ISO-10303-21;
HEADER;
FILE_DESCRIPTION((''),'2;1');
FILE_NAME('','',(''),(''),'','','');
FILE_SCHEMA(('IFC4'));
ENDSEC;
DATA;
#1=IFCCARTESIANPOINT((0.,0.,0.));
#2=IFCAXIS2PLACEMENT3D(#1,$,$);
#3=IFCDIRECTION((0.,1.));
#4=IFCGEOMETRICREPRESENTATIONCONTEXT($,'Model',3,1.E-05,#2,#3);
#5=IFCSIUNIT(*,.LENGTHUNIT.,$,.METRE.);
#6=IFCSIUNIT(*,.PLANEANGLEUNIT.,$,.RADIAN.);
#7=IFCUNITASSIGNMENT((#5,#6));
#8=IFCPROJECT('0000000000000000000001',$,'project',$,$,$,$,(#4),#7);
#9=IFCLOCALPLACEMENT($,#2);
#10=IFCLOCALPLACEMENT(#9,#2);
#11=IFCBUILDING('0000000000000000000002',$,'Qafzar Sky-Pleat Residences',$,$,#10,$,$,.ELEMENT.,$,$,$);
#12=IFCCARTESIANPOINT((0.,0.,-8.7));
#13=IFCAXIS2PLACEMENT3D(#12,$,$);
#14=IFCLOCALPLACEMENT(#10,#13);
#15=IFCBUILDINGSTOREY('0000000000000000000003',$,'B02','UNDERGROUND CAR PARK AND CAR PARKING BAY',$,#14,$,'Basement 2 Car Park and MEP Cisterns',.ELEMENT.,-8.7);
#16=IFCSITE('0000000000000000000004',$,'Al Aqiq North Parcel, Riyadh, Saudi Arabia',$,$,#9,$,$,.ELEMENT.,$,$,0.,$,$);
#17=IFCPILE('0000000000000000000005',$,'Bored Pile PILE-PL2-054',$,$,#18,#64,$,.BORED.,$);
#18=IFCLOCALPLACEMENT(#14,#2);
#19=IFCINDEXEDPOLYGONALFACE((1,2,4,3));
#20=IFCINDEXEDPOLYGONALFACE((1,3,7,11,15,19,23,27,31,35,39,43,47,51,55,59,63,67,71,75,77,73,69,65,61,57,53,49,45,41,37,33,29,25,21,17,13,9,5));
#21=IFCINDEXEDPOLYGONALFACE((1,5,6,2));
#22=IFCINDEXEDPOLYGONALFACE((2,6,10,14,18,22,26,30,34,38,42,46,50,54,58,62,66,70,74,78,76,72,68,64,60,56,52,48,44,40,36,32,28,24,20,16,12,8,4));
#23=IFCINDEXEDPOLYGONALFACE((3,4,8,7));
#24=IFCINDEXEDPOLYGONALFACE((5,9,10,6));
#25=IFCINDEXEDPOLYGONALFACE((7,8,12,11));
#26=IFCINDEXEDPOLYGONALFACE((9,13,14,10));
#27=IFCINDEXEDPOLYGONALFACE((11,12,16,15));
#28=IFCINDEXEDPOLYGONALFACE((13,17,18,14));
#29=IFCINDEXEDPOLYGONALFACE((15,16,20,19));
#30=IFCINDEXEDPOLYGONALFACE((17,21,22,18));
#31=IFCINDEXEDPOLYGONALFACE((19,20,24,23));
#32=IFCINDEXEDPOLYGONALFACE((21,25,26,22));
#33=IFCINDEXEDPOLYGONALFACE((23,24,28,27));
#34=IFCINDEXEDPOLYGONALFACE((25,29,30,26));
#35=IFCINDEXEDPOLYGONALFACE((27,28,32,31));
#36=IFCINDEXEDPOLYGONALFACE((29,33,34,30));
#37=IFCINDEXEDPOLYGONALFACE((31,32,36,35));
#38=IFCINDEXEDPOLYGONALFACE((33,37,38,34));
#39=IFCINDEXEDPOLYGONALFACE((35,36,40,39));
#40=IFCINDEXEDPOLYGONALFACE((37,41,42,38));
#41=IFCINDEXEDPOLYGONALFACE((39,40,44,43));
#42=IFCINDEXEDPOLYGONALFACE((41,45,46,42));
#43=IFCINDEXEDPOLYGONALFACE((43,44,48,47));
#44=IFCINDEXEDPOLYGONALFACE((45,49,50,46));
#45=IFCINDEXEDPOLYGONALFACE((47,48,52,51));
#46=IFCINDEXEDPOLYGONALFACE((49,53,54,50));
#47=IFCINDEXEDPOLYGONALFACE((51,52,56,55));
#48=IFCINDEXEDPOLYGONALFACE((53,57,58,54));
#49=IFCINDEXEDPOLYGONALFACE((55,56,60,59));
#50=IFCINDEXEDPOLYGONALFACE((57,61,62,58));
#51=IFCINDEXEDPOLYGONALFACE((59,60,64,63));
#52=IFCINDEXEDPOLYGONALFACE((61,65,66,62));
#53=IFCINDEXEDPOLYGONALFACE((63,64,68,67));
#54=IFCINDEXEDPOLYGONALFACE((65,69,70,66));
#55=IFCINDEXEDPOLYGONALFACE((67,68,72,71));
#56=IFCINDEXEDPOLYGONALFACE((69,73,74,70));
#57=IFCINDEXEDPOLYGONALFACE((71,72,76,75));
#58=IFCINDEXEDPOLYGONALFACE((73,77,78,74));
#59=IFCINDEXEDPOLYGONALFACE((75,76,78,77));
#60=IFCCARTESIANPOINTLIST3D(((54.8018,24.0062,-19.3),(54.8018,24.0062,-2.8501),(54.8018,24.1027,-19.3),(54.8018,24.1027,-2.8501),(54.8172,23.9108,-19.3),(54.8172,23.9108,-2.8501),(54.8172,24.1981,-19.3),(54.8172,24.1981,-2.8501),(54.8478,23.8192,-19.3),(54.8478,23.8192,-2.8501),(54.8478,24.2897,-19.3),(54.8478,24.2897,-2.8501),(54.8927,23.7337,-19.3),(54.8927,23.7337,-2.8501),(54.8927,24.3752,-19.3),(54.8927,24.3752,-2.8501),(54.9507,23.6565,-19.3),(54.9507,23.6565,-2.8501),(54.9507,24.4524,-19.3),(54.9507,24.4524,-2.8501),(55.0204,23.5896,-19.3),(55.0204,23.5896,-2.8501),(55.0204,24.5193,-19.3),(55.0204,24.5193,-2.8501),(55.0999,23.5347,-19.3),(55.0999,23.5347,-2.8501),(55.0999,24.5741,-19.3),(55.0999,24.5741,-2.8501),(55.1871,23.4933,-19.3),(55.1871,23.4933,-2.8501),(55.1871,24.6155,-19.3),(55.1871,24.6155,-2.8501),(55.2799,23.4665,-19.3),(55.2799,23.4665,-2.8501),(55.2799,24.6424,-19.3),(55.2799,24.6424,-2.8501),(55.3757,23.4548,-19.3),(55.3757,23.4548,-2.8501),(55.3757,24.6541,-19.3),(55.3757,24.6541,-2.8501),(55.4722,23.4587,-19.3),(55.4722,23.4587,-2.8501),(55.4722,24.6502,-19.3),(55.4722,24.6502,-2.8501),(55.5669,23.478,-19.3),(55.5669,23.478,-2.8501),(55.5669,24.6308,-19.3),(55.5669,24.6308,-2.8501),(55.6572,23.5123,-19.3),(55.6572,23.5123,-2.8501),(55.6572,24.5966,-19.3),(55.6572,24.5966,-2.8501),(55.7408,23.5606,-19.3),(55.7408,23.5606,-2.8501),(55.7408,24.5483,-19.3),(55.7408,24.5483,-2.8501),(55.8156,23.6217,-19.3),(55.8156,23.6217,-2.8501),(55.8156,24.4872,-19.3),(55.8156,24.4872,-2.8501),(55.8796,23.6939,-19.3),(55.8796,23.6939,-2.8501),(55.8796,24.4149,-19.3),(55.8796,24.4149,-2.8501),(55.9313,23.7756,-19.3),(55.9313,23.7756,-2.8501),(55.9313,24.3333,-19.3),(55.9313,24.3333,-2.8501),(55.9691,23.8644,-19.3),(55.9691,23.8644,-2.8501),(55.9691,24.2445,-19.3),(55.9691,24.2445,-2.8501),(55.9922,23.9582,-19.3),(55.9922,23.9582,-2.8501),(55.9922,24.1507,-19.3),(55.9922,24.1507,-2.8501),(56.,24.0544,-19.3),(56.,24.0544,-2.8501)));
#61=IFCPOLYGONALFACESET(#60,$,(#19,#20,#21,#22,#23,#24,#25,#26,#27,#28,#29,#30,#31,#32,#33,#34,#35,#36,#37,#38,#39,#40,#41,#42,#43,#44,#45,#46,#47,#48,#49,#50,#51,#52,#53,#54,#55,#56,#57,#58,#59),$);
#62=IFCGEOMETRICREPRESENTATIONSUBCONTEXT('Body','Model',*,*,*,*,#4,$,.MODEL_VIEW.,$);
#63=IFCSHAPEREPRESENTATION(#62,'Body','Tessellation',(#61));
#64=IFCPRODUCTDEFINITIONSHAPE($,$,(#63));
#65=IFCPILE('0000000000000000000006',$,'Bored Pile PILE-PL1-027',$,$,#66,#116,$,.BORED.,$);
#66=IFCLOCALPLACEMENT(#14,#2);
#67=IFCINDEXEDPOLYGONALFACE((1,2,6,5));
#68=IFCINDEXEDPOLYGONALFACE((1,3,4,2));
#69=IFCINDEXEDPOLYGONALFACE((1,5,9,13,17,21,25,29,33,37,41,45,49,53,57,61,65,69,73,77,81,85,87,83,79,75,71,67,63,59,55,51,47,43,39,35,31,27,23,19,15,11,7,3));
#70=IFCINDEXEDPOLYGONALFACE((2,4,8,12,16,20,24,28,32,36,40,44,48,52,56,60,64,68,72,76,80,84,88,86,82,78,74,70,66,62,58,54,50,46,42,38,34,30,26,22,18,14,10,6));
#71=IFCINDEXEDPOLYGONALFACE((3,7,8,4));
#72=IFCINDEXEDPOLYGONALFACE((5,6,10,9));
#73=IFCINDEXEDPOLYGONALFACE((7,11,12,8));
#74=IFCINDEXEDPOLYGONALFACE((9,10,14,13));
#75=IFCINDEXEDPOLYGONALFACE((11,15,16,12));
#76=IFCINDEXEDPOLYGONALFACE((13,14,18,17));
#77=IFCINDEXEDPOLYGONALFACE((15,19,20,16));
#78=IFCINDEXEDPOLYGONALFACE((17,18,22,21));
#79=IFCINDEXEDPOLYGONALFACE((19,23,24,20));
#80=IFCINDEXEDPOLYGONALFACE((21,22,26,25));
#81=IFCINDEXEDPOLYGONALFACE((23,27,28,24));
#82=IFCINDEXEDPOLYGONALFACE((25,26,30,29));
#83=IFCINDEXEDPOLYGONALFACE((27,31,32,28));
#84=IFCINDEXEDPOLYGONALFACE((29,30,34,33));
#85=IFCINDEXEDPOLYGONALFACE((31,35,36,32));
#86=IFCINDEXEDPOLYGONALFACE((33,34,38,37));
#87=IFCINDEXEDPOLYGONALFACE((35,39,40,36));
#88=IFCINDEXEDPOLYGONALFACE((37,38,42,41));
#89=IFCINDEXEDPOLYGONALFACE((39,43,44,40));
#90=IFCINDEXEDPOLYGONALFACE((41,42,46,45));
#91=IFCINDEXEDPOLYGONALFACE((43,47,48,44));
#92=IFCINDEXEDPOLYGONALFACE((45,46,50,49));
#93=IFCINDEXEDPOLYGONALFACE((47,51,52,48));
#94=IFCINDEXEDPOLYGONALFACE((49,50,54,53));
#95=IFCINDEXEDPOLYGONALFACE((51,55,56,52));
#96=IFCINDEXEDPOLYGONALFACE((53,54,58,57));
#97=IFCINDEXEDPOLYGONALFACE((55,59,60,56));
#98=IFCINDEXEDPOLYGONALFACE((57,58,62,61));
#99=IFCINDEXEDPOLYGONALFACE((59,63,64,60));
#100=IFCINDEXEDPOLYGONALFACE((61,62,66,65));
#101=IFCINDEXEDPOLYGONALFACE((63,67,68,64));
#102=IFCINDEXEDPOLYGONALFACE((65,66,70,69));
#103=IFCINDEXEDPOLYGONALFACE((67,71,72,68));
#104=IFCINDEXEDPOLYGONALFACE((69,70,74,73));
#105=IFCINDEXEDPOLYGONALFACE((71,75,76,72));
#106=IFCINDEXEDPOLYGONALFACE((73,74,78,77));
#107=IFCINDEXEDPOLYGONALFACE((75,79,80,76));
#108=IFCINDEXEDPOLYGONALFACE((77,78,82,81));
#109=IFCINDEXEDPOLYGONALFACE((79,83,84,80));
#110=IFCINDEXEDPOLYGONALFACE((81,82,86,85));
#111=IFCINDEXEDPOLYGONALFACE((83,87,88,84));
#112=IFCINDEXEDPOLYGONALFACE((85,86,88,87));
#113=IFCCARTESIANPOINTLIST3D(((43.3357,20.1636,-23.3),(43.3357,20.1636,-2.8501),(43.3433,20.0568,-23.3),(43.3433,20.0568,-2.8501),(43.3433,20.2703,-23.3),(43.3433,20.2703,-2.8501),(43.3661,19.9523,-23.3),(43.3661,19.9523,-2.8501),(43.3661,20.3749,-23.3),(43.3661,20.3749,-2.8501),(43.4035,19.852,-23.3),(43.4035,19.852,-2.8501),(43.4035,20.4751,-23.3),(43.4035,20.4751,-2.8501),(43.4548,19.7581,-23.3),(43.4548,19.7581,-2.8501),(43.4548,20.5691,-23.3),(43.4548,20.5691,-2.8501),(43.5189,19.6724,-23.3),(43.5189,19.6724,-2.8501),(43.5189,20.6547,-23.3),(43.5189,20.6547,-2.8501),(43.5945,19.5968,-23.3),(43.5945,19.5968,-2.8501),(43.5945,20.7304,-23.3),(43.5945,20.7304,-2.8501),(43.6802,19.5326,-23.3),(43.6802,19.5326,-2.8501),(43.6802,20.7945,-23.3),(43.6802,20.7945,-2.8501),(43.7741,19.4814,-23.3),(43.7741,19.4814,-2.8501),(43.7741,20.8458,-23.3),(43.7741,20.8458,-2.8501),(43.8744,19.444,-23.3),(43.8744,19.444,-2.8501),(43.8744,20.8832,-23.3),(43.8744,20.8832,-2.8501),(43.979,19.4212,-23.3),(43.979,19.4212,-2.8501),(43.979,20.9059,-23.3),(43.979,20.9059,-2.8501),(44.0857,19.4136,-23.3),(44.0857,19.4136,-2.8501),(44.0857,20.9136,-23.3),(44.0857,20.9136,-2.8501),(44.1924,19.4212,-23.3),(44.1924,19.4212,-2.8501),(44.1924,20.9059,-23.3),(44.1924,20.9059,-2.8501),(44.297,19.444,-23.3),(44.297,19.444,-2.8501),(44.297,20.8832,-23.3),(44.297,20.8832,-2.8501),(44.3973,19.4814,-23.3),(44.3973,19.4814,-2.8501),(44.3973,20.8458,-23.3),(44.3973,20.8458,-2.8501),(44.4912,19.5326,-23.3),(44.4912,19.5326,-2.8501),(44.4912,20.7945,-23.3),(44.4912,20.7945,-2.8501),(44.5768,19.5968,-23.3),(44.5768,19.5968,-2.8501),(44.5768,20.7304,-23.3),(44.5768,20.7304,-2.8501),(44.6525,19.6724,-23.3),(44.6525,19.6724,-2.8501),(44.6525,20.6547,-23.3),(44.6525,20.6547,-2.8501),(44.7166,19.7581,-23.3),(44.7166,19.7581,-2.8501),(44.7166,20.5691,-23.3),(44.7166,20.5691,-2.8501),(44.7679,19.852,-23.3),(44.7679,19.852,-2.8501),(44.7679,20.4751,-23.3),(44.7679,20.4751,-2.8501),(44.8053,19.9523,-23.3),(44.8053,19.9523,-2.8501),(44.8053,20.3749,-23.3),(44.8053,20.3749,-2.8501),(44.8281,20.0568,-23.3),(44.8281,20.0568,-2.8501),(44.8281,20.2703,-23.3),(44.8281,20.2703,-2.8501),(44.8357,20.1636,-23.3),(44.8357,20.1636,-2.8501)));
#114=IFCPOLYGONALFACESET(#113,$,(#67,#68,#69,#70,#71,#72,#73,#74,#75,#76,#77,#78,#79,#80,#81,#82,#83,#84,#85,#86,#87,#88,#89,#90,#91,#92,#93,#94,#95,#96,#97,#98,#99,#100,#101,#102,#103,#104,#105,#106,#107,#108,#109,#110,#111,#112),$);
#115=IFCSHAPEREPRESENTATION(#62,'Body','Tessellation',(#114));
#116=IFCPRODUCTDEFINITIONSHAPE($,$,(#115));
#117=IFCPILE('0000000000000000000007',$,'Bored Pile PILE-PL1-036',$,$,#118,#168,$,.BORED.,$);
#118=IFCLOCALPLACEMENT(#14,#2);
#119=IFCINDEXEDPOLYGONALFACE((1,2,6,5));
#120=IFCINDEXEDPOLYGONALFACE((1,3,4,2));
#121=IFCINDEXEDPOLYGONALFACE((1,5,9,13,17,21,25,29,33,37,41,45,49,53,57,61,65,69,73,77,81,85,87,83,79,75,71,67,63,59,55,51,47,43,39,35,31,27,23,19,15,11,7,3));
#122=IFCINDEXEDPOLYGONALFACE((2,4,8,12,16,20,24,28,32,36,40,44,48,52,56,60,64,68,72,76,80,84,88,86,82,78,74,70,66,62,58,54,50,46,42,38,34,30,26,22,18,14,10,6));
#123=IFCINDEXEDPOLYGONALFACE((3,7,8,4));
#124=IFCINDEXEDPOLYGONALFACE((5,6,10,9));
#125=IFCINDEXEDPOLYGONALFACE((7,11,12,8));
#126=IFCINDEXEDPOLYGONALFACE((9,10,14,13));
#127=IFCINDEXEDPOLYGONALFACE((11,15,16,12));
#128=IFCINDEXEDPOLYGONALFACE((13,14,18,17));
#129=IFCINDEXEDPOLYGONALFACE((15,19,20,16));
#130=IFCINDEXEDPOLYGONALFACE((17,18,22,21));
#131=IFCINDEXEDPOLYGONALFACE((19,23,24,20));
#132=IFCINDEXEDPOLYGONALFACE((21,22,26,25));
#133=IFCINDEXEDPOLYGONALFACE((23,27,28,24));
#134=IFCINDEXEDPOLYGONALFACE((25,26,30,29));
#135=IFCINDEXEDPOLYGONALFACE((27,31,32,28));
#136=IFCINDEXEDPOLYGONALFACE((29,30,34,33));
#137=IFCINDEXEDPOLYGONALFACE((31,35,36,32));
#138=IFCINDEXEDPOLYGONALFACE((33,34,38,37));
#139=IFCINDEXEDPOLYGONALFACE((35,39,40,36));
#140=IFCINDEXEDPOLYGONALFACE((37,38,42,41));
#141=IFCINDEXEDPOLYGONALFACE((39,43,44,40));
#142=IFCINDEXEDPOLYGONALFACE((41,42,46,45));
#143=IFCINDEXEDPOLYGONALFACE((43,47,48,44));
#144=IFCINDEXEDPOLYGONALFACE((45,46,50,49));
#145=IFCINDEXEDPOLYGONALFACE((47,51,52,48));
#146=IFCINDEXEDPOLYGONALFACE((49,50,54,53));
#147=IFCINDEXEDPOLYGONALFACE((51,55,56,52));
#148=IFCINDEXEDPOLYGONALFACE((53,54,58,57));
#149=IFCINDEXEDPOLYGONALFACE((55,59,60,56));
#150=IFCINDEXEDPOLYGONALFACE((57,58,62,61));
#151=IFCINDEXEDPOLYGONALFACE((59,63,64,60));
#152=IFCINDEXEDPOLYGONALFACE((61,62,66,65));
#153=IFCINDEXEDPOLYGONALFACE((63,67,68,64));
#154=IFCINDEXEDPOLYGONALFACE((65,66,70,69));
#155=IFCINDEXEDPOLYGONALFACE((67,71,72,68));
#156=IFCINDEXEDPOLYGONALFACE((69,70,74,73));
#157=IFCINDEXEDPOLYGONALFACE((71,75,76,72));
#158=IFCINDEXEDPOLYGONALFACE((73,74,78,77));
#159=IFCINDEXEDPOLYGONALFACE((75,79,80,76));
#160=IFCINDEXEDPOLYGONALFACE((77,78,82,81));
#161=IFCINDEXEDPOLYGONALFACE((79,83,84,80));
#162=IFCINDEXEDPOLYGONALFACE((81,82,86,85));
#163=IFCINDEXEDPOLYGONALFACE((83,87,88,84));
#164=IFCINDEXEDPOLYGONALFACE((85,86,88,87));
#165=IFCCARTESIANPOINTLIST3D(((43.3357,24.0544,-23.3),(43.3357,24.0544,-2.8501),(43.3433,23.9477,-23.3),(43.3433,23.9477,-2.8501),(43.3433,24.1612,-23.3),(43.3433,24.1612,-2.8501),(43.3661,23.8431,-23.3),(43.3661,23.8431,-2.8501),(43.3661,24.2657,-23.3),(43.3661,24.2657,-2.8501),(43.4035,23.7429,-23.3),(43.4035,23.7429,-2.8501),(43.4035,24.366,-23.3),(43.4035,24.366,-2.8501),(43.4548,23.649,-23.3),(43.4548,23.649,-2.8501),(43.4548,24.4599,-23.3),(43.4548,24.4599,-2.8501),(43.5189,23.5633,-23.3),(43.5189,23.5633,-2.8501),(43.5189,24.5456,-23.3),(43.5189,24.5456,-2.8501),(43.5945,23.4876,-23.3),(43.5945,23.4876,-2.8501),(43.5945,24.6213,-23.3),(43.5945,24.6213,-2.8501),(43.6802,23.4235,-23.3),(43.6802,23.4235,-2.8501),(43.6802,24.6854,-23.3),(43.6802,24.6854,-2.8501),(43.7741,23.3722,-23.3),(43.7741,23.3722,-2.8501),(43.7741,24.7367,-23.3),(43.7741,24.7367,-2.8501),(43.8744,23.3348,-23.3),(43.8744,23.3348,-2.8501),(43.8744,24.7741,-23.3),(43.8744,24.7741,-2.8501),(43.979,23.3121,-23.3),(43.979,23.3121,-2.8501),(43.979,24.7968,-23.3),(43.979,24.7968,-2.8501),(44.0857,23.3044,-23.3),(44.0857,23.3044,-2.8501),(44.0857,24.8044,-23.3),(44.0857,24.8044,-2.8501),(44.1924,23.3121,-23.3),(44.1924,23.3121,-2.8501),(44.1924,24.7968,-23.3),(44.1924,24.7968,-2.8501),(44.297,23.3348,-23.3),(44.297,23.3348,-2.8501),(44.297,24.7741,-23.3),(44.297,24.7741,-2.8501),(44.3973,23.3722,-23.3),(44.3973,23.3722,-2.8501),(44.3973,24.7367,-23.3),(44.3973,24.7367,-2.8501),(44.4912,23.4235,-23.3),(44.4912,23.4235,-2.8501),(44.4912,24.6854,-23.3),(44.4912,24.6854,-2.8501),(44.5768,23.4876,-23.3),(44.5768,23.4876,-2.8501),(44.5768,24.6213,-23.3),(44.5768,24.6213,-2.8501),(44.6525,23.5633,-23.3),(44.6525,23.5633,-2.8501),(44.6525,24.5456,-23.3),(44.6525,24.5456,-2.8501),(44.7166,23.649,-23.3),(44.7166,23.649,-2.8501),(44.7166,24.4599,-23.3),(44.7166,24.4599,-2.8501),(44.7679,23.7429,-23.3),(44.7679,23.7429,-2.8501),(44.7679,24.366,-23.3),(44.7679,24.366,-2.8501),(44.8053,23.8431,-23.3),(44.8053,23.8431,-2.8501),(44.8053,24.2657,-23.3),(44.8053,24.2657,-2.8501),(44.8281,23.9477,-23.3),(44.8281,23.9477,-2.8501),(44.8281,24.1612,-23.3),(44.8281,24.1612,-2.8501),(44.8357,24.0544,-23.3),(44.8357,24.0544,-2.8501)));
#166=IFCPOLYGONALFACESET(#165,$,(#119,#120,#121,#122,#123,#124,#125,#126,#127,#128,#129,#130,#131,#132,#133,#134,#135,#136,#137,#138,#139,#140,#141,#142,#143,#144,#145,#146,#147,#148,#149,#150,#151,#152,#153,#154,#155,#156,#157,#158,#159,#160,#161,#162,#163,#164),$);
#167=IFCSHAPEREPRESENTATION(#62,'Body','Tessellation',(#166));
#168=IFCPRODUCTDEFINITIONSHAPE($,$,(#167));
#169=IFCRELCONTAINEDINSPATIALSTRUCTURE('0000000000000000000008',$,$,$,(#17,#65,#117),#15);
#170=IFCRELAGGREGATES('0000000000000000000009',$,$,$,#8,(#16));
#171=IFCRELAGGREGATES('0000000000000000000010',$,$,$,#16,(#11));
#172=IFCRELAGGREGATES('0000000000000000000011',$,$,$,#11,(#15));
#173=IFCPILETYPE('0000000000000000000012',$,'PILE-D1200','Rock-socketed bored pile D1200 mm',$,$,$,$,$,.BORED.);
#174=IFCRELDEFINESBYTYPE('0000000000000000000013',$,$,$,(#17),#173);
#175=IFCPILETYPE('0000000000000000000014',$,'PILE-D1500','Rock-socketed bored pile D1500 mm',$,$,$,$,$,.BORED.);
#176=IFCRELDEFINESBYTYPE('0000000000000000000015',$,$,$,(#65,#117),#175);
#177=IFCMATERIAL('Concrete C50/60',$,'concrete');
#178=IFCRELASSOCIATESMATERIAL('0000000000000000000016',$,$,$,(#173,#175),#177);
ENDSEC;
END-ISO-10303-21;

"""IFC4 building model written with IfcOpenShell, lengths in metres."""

from ifc_helpers import new_model, si_unit, direction, frame, origin, origin_2d, place, context, subcontext, project, spatial, circle, extrude, source, transform, mapped, material, material_profile, profile_set, type_object, element, save


model = new_model("IFC4")

# Units and contexts
model_context = context("Model", 3, precision=1e-05, world=origin(), true_north=direction((0.0, 1.0)))
body_context = subcontext(model_context, "Body", "Model", "MODEL_VIEW")
ifc_project = project(units=[si_unit("LENGTHUNIT", "METRE"), si_unit("PLANEANGLEUNIT", "RADIAN")], contexts=[model_context])

# Site, building, storey
site_placement = place(None, origin())
site = spatial("IfcSite", under=ifc_project, at=site_placement, Name="Al Aqiq North Parcel, Riyadh, Saudi Arabia", CompositionType="ELEMENT", RefElevation=0.0)
building_placement = place(site_placement, origin())
building = spatial("IfcBuilding", under=site, at=building_placement, Name="Qafzar Sky-Pleat Residences", CompositionType="ELEMENT")
storey_placement = place(building_placement, frame((0.0, 0.0, -8.7)))
storey = spatial("IfcBuildingStorey", under=building, at=storey_placement, Name="B02", Description="UNDERGROUND CAR PARK AND CAR PARKING BAY", LongName="Basement 2 Car Park and MEP Cisterns", CompositionType="ELEMENT", Elevation=-8.7)

# Piles
ifc_material_1 = material(Name="Concrete C50/60", Category="concrete")
ifc_material_profile_1 = material_profile(ifc_material_1, circle(Radius=0.6001, at=origin_2d()), Name="PILE D1200")
ifc_profile_set_1 = profile_set([ifc_material_profile_1], Name="Concrete C50/60")
pile_type_1 = type_object("IfcPileType", Name="PILE-D1200", Description="Rock-socketed bored pile D1200 mm", PredefinedType="BORED", material=ifc_profile_set_1)
shared_shape_1 = source(origin(), body_context, "Body", "SweptSolid", [
    extrude(circle(Radius=0.6001, at=origin_2d()), origin(), (0.0, 0.0, 1.0), 16.45),
])
for number, where, z_axis, x_axis, name in (
    (1, (55.3999, 24.0544, -2.8501), (0.0, 0.0, -1.0), (1.0, 0.0, 0.0), "Bored Pile PILE-PL2-054"),
):
    element("IfcPile", number, at=place(storey_placement, frame(where, z_axis=z_axis, x_axis=x_axis)), inside=storey, type_object=pile_type_1, Name=name, PredefinedType="BORED", context=body_context, shape_type="MappedRepresentation", body=[
        mapped(shared_shape_1, transform((0.0, 0.0, 0.0), x_axis=(1.0, 0.0, 0.0), y_axis=(0.0, 1.0, 0.0), z_axis=(0.0, 0.0, 1.0), scale=1.0)),
    ])
ifc_material_profile_2 = material_profile(ifc_material_1, circle(Radius=0.75, at=origin_2d()), Name="PILE D1500")
ifc_profile_set_2 = profile_set([ifc_material_profile_2], Name="Concrete C50/60")
pile_type_2 = type_object("IfcPileType", Name="PILE-D1500", Description="Rock-socketed bored pile D1500 mm", PredefinedType="BORED", material=ifc_profile_set_2)
shared_shape_2 = source(origin(), body_context, "Body", "SweptSolid", [
    extrude(circle(Radius=0.75, at=origin_2d()), origin(), (0.0, 0.0, 1.0), 20.45),
])
for number, where, z_axis, x_axis, name in (
    (2, (44.0857, 20.1636, -2.8501), (0.0, 0.0, -1.0), (1.0, 0.0, 0.0), "Bored Pile PILE-PL1-027"),
    (3, (44.0857, 24.0544, -2.8501), (0.0, 0.0, -1.0), (1.0, 0.0, 0.0), "Bored Pile PILE-PL1-036"),
):
    element("IfcPile", number, at=place(storey_placement, frame(where, z_axis=z_axis, x_axis=x_axis)), inside=storey, type_object=pile_type_2, Name=name, PredefinedType="BORED", context=body_context, shape_type="MappedRepresentation", body=[
        mapped(shared_shape_2, transform((0.0, 0.0, 0.0), x_axis=(1.0, 0.0, 0.0), y_axis=(0.0, 1.0, 0.0), z_axis=(0.0, 0.0, 1.0), scale=1.0)),
    ])

save(model, "model.ifc")
